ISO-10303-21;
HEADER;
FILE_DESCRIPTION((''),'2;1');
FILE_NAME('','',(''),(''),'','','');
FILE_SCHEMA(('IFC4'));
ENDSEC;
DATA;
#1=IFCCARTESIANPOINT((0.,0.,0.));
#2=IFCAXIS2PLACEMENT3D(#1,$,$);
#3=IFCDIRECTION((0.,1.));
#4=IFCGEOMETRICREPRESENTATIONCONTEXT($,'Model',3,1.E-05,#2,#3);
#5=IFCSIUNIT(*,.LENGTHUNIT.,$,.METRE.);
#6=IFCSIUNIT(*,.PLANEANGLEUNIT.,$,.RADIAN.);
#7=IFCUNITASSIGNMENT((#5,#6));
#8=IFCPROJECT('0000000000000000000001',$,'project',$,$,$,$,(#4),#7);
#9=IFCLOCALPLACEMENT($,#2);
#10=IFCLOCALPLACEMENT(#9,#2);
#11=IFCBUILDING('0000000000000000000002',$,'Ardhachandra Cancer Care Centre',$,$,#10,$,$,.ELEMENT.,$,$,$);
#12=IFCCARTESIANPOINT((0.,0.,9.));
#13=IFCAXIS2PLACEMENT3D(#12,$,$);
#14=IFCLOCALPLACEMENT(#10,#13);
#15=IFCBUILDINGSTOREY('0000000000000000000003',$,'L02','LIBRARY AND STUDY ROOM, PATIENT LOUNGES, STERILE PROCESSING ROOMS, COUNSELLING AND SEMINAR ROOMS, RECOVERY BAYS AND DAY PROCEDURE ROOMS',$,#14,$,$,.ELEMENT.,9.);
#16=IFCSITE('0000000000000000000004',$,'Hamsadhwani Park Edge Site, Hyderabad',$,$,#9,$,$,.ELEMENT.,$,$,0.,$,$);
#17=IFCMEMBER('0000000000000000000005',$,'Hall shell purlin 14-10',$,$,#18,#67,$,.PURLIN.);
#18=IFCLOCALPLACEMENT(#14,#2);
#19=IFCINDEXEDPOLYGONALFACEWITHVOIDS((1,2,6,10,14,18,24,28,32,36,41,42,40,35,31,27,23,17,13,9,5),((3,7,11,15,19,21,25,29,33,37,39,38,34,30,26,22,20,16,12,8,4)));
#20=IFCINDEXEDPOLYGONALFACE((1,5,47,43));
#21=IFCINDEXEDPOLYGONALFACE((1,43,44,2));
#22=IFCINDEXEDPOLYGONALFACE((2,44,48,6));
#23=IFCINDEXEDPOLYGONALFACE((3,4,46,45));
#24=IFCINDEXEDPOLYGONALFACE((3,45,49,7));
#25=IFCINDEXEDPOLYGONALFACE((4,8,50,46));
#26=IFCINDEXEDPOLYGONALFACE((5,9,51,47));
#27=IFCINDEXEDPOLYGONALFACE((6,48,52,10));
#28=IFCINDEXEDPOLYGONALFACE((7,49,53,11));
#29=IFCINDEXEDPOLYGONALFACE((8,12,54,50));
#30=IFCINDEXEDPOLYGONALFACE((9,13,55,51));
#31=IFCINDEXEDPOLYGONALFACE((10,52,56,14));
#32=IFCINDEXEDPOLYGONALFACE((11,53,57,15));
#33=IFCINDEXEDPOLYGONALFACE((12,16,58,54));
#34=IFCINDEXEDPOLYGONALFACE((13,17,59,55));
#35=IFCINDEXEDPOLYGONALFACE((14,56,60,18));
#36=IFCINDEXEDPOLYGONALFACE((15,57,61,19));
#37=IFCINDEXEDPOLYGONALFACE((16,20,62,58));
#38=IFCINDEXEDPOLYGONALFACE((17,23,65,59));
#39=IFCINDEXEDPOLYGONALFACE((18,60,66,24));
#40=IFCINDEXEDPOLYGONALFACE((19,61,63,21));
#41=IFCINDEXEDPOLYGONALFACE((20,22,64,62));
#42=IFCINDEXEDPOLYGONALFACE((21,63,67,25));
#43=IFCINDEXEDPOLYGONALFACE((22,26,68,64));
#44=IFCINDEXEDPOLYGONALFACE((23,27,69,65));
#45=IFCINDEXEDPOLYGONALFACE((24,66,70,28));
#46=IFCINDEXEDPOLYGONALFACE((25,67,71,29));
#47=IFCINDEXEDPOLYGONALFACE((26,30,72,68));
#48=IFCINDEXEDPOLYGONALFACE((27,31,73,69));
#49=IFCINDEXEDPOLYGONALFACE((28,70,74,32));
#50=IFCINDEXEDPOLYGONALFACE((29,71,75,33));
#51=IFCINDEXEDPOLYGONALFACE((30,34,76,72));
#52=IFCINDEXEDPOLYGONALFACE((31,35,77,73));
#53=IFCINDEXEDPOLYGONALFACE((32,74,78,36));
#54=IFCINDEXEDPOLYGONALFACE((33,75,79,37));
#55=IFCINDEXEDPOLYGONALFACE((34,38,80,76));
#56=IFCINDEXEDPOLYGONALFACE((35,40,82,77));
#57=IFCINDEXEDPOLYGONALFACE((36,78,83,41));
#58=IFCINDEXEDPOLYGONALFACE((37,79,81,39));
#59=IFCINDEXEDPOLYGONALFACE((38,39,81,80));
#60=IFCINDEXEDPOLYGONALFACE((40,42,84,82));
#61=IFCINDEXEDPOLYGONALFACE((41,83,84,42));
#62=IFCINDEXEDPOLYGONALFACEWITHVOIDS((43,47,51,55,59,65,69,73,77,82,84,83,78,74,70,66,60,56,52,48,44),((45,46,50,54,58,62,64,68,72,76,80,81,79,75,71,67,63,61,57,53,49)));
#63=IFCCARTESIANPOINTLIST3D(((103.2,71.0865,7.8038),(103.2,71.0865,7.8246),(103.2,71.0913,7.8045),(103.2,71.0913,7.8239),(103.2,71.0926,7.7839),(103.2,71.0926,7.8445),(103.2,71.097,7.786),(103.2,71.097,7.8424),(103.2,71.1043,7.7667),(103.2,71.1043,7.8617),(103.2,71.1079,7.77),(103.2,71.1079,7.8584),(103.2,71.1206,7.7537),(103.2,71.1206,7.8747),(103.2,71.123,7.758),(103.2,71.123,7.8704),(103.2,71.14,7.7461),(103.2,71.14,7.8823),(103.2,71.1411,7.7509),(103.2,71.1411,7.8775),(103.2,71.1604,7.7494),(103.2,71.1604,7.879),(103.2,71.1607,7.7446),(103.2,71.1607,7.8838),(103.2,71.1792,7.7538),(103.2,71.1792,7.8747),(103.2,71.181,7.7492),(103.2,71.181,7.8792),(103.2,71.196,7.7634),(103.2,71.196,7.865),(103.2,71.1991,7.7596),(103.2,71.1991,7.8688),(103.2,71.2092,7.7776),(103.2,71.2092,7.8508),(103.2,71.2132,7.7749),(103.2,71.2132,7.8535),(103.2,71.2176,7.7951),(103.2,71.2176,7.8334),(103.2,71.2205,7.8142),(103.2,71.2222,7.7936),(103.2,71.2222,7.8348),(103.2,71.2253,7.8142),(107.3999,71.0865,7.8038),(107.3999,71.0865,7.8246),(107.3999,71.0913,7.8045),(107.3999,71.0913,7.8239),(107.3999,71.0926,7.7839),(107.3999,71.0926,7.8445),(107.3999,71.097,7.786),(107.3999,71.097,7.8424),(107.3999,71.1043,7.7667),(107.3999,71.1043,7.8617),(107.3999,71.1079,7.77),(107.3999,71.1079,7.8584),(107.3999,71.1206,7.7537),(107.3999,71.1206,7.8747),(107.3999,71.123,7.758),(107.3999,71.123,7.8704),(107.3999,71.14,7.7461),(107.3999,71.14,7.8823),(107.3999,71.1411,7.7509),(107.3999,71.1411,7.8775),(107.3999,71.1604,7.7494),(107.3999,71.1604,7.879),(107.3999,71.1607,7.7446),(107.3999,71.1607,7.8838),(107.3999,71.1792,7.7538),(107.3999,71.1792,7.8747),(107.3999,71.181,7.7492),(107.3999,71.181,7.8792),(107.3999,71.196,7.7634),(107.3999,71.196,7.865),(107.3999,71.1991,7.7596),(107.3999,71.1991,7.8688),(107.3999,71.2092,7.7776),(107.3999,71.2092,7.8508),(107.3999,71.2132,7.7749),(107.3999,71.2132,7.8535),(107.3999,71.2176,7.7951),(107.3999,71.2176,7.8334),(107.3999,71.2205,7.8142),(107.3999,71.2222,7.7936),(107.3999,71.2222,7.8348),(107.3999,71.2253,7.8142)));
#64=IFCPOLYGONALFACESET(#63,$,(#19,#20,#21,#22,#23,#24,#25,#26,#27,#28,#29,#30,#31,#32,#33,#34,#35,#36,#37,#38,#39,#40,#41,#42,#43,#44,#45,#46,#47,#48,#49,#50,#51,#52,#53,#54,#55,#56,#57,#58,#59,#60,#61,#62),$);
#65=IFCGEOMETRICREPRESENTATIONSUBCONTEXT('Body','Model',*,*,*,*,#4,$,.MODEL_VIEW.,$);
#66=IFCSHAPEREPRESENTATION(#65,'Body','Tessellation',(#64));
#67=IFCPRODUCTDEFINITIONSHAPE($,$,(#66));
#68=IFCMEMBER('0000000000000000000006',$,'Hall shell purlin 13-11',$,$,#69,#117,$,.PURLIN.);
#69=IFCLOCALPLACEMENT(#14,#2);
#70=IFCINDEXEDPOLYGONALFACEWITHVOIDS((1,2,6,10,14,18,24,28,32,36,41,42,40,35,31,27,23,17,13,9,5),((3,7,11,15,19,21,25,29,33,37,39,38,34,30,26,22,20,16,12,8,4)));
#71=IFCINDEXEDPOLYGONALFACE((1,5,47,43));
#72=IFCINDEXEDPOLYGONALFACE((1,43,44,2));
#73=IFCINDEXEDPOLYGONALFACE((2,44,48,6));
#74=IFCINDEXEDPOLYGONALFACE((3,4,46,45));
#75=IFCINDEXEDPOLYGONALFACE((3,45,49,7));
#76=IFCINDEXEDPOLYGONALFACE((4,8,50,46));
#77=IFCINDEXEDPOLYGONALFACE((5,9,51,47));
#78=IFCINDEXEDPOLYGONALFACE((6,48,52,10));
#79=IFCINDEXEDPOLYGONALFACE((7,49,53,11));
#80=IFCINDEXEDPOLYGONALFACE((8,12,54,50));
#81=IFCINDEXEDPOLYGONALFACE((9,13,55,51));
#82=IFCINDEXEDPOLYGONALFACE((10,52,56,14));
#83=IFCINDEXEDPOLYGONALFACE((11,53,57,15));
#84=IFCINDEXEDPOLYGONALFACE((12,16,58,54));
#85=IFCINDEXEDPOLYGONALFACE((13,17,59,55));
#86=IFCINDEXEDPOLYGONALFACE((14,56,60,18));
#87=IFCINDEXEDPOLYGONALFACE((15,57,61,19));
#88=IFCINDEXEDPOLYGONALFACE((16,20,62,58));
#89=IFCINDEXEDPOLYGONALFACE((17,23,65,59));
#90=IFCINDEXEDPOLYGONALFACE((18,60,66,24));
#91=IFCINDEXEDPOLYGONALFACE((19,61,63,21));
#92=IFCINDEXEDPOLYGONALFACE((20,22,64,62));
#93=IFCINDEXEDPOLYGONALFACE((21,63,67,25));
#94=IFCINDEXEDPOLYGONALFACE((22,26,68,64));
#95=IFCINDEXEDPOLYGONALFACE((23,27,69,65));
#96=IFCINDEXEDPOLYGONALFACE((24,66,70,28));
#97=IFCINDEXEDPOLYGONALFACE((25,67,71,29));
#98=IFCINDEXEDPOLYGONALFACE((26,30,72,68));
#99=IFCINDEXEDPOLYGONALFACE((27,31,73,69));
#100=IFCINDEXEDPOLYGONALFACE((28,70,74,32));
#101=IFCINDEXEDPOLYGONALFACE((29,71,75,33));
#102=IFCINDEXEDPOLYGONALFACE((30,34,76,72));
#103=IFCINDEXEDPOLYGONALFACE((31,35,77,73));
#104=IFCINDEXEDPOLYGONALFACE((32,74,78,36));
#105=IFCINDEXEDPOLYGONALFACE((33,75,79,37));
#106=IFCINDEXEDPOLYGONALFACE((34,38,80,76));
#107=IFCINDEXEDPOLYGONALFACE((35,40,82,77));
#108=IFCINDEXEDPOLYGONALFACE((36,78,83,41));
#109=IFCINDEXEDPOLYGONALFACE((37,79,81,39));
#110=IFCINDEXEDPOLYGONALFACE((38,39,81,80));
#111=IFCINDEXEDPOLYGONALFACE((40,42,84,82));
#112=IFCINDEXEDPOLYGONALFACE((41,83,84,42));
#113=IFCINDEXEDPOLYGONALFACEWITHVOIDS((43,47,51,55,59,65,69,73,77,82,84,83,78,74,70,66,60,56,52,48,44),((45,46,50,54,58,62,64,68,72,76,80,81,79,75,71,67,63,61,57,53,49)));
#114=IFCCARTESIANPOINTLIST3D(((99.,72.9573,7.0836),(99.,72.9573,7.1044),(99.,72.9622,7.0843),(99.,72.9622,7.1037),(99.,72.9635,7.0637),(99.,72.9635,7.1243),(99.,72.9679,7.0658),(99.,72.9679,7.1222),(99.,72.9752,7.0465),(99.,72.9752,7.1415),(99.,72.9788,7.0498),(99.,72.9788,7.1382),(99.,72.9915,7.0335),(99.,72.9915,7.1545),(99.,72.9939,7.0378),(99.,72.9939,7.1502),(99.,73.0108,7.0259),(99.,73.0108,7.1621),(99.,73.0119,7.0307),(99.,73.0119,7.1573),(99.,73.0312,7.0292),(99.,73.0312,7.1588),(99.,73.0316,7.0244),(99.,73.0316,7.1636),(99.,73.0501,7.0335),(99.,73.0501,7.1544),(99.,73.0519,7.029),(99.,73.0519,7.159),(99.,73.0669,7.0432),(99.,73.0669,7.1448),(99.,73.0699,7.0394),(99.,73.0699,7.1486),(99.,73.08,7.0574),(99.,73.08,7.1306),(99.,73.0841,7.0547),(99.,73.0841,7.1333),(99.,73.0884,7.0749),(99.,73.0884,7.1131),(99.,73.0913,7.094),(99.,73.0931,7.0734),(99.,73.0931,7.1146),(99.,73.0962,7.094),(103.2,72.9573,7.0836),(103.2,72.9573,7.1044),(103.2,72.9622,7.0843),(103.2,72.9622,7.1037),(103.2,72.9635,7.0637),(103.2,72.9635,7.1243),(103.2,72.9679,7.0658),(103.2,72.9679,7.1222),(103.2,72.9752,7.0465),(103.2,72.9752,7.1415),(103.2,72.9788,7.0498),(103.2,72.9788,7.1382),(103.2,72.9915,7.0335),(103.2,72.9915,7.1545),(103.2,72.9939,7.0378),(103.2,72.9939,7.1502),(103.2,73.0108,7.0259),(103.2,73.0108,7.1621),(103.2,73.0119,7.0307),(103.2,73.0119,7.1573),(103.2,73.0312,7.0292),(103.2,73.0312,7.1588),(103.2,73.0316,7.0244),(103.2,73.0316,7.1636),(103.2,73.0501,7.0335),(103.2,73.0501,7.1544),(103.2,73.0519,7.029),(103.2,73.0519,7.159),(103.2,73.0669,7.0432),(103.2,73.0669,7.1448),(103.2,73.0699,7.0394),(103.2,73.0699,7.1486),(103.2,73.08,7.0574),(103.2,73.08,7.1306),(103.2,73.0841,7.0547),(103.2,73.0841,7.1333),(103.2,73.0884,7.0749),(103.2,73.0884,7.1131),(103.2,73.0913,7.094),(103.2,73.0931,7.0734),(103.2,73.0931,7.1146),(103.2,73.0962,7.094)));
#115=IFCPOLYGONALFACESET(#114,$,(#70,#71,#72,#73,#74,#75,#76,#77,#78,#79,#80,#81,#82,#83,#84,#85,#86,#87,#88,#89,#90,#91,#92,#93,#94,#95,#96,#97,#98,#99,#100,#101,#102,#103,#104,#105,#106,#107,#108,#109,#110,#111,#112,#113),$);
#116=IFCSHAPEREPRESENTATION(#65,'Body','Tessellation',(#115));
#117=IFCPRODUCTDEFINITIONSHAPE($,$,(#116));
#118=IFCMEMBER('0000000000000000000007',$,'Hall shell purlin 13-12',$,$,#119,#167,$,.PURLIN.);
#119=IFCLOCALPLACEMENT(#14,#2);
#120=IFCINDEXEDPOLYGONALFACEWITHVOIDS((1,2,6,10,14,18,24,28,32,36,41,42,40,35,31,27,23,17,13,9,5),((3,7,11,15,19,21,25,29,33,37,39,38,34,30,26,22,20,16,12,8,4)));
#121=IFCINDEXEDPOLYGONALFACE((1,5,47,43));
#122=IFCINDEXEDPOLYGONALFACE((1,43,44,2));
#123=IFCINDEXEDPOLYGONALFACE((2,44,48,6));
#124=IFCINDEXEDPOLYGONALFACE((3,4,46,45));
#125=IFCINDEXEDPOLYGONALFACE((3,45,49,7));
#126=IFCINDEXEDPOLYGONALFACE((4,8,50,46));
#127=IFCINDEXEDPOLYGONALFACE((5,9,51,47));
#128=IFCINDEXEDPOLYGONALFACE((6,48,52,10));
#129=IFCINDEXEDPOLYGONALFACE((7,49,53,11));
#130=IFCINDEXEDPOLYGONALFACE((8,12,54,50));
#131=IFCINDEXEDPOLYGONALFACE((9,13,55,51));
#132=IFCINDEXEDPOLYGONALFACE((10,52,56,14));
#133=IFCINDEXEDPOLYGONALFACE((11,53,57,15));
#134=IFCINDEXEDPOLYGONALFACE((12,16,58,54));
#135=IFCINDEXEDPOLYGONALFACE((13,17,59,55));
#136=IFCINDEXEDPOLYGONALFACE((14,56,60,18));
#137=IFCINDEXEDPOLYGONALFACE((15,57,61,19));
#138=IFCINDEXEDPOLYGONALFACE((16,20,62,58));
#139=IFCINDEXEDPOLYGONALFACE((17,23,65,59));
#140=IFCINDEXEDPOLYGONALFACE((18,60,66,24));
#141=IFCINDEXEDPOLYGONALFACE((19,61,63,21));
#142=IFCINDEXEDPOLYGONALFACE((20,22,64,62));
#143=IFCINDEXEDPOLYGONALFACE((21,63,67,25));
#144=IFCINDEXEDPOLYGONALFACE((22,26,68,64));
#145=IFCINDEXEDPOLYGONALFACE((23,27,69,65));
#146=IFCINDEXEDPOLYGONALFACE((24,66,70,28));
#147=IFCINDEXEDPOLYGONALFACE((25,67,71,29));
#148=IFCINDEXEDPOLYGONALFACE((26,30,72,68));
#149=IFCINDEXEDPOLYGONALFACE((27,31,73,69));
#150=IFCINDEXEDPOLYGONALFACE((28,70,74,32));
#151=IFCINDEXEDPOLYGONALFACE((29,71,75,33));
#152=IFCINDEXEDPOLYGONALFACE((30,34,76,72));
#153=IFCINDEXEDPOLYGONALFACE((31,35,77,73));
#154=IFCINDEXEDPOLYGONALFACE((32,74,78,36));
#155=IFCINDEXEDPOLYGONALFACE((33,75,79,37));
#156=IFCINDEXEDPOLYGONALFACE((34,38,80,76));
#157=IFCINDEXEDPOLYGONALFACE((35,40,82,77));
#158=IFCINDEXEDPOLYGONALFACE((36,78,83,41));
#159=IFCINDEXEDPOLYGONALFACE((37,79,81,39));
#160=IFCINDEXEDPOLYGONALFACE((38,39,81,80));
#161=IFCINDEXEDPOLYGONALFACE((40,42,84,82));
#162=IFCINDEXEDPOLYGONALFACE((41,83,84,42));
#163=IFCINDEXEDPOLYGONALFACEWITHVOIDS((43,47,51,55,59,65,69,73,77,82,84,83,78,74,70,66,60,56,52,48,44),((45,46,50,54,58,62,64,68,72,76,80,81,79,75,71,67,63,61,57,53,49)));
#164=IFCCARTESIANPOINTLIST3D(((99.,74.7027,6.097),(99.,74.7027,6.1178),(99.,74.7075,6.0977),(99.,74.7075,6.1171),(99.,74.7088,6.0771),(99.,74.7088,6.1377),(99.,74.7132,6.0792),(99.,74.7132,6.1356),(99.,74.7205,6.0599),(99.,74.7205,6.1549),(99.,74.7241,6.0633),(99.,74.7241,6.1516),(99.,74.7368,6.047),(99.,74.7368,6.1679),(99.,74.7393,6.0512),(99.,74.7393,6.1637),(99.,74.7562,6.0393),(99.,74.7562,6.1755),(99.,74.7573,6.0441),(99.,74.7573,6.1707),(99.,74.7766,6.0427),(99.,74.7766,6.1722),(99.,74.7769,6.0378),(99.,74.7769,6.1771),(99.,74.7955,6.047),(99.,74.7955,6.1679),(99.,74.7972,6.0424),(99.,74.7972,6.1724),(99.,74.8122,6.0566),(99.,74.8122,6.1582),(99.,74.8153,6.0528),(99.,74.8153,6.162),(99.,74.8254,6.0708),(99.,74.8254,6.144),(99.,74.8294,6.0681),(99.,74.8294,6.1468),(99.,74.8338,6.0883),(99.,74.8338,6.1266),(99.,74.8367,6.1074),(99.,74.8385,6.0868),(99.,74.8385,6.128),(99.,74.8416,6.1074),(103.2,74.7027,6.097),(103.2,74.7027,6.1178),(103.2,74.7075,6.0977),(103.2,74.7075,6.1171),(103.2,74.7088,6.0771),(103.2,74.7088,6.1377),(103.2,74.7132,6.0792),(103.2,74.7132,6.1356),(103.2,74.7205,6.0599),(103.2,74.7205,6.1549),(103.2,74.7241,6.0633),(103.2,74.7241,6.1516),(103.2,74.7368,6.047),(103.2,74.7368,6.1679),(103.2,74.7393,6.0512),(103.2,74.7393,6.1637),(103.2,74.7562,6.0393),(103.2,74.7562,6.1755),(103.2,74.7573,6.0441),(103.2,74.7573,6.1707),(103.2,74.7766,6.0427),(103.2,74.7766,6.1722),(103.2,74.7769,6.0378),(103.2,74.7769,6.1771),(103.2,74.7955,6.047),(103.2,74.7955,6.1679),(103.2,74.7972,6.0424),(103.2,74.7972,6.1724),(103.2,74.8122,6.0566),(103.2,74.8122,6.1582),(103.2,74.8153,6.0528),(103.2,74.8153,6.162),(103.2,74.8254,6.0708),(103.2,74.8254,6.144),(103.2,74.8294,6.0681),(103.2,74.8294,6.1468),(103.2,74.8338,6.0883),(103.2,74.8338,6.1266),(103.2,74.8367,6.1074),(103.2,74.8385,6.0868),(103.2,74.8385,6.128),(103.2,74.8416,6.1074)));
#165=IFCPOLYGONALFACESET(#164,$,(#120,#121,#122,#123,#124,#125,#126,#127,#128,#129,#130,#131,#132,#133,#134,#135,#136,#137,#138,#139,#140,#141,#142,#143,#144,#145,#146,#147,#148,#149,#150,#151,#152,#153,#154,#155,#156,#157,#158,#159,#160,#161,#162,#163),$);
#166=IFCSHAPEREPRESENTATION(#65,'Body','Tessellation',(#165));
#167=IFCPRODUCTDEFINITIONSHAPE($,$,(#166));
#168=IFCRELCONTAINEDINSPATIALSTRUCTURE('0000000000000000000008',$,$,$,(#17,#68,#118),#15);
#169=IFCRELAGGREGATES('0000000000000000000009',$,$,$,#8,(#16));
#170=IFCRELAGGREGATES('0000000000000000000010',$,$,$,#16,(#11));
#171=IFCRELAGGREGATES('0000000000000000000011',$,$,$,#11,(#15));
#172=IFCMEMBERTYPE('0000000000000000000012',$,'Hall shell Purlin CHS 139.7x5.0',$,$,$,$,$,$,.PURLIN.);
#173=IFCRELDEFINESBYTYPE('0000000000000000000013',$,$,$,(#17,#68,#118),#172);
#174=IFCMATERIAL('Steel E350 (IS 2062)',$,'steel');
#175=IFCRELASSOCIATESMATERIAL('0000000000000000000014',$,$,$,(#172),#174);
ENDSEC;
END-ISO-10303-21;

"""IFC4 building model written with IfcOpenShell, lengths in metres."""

from ifc_helpers import new_model, si_unit, direction, frame, origin, origin_2d, place, context, subcontext, project, spatial, hollow_circle, extrude, material, material_profile, profile_set, type_object, element, save


model = new_model("IFC4")

# Units and contexts
model_context = context("Model", 3, precision=1e-05, world=origin(), true_north=direction((0.0, 1.0)))
body_context = subcontext(model_context, "Body", "Model", "MODEL_VIEW")
ifc_project = project(units=[si_unit("LENGTHUNIT", "METRE"), si_unit("PLANEANGLEUNIT", "RADIAN")], contexts=[model_context])

# Site, building, storey
site_placement = place(None, origin())
site = spatial("IfcSite", under=ifc_project, at=site_placement, Name="Hamsadhwani Park Edge Site, Hyderabad", CompositionType="ELEMENT", RefElevation=0.0)
building_placement = place(site_placement, origin())
building = spatial("IfcBuilding", under=site, at=building_placement, Name="Ardhachandra Cancer Care Centre", CompositionType="ELEMENT")
storey_placement = place(building_placement, frame((0.0, 0.0, 9.0)))
storey = spatial("IfcBuildingStorey", under=building, at=storey_placement, Name="L02", Description="LIBRARY AND STUDY ROOM, PATIENT LOUNGES, STERILE PROCESSING ROOMS, COUNSELLING AND SEMINAR ROOMS, RECOVERY BAYS AND DAY PROCEDURE ROOMS", CompositionType="ELEMENT", Elevation=9.0)

# Members
ifc_material_1 = material(Name="Steel E350 (IS 2062)", Category="steel")
ifc_material_profile_1 = material_profile(ifc_material_1, hollow_circle(Radius=0.0698, WallThickness=0.0049, at=origin_2d()), Name="CHS 139.7x5.0")
ifc_profile_set_1 = profile_set([ifc_material_profile_1], Name="Steel E350 (IS 2062)")
member_type_1 = type_object("IfcMemberType", Name="Hall shell Purlin CHS 139.7x5.0", PredefinedType="PURLIN", material=ifc_profile_set_1)
for number, where, z_axis, x_axis, name in (
    (1, (103.2, 71.1555, 7.8142), (1.0, 0.0, 0.0), (0.0, 1.0, 0.0), "Hall shell purlin 14-10"),
    (2, (99.0, 73.0264, 7.094), (1.0, 0.0, 0.0), (0.0, 1.0, 0.0), "Hall shell purlin 13-11"),
    (3, (99.0, 74.7717, 6.1074), (1.0, 0.0, 0.0), (0.0, 1.0, 0.0), "Hall shell purlin 13-12"),
):
    element("IfcMember", number, at=place(storey_placement, frame(where, z_axis=z_axis, x_axis=x_axis)), inside=storey, type_object=member_type_1, Name=name, PredefinedType="PURLIN", context=body_context, shape_type="SweptSolid", body=[
        extrude(hollow_circle(Radius=0.0698, WallThickness=0.0049, at=origin_2d()), origin(), (0.0, 0.0, 1.0), 4.2),
    ])

save(model, "model.ifc")
